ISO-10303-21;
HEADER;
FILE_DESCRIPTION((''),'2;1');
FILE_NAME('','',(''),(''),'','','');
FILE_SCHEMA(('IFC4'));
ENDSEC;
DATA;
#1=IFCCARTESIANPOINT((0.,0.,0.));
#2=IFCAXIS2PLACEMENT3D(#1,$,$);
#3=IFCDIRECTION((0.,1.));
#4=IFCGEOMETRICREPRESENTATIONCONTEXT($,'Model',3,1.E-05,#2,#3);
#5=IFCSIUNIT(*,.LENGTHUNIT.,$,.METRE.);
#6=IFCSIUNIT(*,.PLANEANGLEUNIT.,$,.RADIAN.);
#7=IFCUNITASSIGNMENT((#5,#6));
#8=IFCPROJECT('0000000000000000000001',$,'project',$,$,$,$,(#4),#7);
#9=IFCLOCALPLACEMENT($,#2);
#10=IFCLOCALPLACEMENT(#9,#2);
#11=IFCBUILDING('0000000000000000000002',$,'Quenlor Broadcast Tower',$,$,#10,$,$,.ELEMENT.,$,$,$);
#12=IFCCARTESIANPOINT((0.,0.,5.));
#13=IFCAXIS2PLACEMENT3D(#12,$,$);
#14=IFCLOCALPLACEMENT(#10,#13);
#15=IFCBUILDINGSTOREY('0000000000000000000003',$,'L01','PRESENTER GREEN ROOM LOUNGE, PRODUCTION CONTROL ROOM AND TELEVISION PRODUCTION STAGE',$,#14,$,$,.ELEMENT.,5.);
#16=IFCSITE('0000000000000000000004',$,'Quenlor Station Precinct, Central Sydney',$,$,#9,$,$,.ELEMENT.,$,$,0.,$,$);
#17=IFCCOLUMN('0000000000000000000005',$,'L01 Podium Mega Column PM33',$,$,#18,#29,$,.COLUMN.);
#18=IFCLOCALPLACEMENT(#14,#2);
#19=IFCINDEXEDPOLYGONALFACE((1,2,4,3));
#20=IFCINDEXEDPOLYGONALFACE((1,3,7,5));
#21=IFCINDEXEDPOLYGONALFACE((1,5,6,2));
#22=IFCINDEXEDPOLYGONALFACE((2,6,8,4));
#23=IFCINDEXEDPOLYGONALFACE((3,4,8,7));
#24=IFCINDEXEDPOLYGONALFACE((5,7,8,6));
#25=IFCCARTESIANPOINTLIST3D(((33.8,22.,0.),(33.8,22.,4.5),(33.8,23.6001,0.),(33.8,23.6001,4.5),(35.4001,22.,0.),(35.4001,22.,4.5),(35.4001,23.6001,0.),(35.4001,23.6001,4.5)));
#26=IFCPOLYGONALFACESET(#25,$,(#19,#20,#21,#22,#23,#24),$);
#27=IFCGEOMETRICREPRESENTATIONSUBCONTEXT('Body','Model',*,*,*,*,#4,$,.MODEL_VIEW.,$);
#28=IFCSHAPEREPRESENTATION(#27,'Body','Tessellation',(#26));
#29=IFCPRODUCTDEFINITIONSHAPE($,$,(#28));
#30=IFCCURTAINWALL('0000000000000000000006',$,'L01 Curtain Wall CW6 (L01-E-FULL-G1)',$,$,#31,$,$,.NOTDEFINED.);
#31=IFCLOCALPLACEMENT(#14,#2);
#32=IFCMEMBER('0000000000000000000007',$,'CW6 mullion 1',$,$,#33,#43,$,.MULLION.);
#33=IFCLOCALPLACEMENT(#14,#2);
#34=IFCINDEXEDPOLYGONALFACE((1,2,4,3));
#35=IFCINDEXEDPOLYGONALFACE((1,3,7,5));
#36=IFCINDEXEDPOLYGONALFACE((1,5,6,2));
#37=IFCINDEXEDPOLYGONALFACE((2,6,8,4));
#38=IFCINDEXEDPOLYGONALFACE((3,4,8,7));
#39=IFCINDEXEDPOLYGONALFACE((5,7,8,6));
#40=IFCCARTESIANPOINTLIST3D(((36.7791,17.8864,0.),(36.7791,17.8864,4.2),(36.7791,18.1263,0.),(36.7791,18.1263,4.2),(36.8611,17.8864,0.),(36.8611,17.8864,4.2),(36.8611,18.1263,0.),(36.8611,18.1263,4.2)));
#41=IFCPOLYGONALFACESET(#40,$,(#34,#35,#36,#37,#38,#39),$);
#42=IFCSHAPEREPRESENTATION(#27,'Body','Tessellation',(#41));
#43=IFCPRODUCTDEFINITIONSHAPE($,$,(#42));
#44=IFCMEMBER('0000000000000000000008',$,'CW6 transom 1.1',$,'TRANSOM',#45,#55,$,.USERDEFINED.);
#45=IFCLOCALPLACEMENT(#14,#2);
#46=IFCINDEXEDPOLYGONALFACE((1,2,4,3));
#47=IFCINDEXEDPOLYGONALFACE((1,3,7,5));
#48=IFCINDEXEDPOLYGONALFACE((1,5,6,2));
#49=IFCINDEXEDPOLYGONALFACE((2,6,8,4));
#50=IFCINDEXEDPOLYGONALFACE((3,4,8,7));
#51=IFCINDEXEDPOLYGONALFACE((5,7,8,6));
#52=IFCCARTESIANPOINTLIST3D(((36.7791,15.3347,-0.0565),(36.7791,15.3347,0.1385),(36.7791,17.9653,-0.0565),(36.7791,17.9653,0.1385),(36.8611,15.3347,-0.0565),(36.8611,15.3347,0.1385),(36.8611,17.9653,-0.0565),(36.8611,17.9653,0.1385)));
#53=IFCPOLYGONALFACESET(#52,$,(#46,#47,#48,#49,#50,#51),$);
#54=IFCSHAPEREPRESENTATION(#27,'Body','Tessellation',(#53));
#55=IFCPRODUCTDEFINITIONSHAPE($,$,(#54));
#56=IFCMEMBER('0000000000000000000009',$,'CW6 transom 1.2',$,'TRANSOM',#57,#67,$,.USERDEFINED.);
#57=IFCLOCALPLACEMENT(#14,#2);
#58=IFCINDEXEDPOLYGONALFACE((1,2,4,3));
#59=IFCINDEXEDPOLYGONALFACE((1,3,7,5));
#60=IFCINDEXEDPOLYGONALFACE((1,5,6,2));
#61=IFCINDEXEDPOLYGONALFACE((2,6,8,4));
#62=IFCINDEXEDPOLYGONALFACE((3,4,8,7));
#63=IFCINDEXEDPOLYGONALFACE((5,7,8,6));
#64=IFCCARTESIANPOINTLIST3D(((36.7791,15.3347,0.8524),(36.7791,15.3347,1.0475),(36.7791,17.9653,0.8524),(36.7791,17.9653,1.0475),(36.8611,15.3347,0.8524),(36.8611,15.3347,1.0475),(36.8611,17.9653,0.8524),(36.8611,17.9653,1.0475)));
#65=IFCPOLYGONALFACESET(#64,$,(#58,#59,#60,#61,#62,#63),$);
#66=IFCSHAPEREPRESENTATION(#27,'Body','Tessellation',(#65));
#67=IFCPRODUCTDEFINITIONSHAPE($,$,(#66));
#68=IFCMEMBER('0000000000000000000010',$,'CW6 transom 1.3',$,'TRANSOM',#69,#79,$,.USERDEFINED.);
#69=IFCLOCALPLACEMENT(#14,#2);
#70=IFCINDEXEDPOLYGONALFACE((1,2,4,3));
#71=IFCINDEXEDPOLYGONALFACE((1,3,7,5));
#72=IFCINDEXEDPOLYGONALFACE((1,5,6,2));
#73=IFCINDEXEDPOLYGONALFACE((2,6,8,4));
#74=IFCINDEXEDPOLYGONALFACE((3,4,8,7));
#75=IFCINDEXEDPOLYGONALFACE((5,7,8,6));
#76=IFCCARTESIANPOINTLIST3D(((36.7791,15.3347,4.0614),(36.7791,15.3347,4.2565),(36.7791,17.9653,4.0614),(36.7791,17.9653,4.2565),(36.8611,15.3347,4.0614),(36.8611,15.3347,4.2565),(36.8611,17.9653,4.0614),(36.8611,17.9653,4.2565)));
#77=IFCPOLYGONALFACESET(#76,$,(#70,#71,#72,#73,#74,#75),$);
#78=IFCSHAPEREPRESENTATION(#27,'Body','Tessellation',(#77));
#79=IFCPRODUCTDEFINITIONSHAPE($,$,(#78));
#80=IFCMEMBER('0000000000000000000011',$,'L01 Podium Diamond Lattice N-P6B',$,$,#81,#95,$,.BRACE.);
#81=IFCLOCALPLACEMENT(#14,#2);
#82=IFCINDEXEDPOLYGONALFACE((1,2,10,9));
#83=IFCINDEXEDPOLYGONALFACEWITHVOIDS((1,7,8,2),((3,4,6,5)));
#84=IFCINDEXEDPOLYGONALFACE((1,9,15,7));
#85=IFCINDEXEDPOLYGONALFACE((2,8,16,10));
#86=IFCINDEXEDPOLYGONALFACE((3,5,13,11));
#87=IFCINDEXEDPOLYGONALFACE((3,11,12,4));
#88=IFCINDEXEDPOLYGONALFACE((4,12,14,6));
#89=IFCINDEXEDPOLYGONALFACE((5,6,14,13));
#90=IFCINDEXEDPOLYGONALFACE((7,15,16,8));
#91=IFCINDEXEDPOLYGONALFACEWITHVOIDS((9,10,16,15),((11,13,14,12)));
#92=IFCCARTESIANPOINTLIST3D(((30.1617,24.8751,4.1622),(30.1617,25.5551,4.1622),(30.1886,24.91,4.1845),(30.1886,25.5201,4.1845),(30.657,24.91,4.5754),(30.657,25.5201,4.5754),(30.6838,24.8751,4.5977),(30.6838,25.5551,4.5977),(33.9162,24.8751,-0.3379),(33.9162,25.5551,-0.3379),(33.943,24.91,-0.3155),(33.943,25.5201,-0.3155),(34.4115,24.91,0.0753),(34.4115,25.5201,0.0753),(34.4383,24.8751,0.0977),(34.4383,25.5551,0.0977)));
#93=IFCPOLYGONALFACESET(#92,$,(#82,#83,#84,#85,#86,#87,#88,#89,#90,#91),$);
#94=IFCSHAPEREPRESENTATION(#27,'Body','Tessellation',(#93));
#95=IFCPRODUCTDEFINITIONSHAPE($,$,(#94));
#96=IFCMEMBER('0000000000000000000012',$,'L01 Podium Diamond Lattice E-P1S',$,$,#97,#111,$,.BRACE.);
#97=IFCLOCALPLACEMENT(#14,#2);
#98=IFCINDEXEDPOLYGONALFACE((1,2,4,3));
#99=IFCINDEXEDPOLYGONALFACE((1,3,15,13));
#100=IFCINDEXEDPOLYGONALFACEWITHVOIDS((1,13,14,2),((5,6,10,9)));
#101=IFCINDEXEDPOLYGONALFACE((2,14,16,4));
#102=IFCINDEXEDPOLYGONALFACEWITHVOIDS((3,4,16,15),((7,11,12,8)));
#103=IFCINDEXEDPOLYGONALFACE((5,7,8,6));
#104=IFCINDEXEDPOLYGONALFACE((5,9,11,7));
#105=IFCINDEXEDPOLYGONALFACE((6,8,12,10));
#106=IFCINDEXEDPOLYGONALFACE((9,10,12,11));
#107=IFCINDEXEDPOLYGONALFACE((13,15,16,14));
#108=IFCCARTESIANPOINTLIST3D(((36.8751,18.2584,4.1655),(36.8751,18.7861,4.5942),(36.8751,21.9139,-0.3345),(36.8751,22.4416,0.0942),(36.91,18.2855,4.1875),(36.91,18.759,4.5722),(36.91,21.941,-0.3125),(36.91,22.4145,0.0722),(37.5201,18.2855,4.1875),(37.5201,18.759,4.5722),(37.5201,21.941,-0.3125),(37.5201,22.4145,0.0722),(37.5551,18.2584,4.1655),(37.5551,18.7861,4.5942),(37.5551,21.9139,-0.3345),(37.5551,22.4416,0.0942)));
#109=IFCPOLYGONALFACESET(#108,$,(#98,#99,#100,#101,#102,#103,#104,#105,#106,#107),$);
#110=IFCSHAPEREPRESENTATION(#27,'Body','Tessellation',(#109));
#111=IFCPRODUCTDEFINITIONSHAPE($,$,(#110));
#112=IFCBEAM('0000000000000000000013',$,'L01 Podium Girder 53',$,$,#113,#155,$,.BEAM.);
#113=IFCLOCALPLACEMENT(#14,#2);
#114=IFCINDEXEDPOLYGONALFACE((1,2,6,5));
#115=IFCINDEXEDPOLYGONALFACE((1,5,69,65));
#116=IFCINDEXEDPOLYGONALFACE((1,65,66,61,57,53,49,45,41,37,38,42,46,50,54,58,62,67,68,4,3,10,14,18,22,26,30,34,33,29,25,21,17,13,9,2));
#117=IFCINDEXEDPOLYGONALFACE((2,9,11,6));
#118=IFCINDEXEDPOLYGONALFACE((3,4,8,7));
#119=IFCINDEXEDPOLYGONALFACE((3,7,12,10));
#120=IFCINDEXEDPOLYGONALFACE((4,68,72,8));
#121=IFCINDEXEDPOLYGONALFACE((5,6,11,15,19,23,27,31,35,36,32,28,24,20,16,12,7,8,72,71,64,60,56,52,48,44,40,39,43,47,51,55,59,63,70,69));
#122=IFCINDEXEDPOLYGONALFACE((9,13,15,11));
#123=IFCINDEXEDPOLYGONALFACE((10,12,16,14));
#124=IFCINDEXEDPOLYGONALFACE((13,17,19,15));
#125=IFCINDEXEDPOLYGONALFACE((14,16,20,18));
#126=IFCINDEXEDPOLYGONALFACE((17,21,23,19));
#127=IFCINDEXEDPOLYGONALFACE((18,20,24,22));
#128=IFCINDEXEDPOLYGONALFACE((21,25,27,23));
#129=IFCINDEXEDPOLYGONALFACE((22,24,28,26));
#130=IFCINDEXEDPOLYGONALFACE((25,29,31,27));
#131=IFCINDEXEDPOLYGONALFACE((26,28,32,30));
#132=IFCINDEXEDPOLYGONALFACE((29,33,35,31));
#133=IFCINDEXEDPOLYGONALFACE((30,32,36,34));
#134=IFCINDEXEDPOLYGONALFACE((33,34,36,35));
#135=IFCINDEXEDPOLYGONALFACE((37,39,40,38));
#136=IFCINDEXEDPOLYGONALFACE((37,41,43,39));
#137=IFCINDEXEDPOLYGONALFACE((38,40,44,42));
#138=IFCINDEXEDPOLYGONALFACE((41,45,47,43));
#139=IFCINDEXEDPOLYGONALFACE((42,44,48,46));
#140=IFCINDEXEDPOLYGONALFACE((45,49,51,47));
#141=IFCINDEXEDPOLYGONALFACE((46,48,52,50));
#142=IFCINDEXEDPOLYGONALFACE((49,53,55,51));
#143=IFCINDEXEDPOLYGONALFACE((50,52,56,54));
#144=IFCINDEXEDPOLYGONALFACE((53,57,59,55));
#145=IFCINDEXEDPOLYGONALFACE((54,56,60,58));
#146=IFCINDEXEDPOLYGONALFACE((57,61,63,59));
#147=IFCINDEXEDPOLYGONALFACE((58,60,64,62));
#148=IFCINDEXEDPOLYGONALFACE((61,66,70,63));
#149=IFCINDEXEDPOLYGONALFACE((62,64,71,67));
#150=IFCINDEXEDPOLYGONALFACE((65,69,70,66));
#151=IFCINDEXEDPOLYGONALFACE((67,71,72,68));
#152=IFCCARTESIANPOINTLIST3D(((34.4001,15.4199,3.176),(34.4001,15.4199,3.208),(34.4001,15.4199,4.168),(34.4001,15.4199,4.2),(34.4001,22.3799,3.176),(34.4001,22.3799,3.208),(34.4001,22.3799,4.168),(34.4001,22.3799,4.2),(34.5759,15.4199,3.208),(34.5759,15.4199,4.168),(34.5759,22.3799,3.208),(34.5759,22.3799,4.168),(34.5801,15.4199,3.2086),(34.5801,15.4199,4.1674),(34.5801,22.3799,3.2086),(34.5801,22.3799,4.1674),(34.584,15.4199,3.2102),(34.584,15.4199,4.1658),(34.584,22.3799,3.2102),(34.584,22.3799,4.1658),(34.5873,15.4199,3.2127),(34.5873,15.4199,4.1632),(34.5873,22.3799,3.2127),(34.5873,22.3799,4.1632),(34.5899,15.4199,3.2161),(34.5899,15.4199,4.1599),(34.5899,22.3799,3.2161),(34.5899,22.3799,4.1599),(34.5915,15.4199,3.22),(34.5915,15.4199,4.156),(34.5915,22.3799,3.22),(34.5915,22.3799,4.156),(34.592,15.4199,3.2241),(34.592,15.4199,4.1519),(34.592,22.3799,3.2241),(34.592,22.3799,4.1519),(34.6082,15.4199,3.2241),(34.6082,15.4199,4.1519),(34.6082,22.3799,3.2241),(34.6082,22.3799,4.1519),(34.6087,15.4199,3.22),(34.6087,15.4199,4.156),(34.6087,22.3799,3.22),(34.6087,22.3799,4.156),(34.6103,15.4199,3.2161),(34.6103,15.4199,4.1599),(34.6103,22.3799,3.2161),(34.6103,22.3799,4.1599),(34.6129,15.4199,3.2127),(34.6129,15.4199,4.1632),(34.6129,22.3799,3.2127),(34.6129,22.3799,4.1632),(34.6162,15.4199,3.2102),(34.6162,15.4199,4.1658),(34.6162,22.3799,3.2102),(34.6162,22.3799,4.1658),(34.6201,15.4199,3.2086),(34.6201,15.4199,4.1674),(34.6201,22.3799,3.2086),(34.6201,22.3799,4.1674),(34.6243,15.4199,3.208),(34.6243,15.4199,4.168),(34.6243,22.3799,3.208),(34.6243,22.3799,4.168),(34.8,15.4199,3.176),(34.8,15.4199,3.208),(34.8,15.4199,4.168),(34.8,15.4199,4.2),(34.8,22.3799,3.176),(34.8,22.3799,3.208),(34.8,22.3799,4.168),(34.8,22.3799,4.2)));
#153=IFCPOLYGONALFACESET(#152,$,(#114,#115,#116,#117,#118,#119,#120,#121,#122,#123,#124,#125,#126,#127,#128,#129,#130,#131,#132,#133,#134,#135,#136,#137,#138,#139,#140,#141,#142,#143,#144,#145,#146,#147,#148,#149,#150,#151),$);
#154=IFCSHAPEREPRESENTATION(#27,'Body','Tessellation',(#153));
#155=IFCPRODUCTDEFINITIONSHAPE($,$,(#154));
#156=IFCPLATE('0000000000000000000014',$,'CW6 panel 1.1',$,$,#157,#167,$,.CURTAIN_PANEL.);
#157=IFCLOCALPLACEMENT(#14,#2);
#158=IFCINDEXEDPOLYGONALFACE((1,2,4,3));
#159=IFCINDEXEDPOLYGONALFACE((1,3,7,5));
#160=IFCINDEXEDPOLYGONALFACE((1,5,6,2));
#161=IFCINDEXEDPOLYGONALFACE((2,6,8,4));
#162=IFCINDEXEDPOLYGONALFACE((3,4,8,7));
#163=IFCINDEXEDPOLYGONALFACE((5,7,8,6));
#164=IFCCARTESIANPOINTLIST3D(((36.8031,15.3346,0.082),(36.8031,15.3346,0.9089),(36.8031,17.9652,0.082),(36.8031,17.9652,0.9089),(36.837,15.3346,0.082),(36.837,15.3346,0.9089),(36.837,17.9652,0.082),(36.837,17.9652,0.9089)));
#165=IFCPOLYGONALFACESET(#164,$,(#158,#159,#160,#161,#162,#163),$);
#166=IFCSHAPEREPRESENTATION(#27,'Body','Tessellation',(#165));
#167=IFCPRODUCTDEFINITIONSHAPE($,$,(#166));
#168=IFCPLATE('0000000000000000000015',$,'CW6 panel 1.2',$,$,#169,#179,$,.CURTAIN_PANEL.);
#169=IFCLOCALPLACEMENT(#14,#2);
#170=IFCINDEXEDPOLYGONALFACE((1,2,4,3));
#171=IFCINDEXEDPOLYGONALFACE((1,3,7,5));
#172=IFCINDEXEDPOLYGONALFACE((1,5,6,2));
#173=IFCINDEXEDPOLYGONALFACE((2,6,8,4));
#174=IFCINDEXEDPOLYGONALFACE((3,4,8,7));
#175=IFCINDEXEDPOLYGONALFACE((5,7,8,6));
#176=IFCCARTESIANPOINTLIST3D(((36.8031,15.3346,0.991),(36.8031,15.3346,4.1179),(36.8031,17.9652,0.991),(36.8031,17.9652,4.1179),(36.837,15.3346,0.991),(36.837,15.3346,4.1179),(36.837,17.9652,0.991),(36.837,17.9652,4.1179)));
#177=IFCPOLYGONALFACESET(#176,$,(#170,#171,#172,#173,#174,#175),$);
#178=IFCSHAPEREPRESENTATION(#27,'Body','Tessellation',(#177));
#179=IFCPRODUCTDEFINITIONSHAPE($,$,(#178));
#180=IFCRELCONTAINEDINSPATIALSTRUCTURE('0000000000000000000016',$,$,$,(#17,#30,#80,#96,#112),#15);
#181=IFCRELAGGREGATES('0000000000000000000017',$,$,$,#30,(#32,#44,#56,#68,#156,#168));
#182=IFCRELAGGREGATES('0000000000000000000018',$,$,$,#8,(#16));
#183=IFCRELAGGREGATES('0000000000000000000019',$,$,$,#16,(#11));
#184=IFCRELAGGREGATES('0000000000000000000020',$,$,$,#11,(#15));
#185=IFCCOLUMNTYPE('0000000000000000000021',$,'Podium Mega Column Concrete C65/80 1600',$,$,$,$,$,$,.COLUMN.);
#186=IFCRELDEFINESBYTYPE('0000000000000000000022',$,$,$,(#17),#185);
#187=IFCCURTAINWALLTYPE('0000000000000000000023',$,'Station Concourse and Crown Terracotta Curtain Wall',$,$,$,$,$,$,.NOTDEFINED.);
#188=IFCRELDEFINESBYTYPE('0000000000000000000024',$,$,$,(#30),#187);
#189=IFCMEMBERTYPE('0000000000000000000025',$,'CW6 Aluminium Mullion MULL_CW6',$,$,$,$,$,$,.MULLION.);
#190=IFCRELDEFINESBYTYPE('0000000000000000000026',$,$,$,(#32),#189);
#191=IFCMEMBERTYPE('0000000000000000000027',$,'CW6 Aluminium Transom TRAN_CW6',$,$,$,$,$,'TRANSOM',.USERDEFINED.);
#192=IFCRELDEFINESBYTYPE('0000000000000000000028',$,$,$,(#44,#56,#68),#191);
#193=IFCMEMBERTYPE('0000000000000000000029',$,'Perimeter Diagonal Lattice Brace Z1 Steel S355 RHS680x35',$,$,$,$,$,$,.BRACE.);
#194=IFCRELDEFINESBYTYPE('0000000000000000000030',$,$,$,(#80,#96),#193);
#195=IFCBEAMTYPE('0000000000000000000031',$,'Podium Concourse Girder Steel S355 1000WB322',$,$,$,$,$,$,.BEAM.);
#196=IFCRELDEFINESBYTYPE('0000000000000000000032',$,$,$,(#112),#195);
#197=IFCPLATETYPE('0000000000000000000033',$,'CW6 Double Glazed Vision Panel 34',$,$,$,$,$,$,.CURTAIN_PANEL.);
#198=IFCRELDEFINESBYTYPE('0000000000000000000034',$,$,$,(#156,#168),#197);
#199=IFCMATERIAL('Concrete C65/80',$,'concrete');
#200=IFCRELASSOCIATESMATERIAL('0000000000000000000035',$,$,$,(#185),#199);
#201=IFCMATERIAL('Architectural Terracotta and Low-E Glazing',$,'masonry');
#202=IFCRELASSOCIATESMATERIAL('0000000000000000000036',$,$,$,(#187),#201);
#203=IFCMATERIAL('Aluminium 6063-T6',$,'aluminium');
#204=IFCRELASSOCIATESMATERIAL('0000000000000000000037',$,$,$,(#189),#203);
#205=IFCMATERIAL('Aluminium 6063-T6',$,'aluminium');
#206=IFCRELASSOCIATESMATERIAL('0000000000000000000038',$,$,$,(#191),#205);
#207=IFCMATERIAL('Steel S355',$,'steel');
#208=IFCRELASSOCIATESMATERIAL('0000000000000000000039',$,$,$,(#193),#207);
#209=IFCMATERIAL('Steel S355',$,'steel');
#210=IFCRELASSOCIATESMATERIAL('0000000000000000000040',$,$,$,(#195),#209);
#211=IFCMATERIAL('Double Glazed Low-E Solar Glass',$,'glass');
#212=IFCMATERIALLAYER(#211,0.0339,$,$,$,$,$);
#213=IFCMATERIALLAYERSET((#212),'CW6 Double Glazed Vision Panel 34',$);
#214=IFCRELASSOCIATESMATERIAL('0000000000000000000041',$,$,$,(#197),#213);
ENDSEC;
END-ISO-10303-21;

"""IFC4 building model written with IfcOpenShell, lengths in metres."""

from ifc_helpers import new_model, si_unit, direction, frame, origin, origin_2d, place, context, subcontext, project, spatial, rectangle, hollow_rectangle, i_section, extrude, material, layer, layer_set, material_profile, profile_set, type_object, element, aggregate, save


model = new_model("IFC4")

# Units and contexts
model_context = context("Model", 3, precision=1e-05, world=origin(), true_north=direction((0.0, 1.0)))
body_context = subcontext(model_context, "Body", "Model", "MODEL_VIEW")
ifc_project = project(units=[si_unit("LENGTHUNIT", "METRE"), si_unit("PLANEANGLEUNIT", "RADIAN")], contexts=[model_context])

# Site, building, storey
site_placement = place(None, origin())
site = spatial("IfcSite", under=ifc_project, at=site_placement, Name="Quenlor Station Precinct, Central Sydney", CompositionType="ELEMENT", RefElevation=0.0)
building_placement = place(site_placement, origin())
building = spatial("IfcBuilding", under=site, at=building_placement, Name="Quenlor Broadcast Tower", CompositionType="ELEMENT")
storey_placement = place(building_placement, frame((0.0, 0.0, 5.0)))
storey = spatial("IfcBuildingStorey", under=building, at=storey_placement, Name="L01", Description="PRESENTER GREEN ROOM LOUNGE, PRODUCTION CONTROL ROOM AND TELEVISION PRODUCTION STAGE", CompositionType="ELEMENT", Elevation=5.0)

# Column
ifc_material_1 = material(Name="Concrete C65/80", Category="concrete")
ifc_material_profile_1 = material_profile(ifc_material_1, rectangle(XDim=1.6001, YDim=1.6001, at=origin_2d()))
ifc_profile_set_1 = profile_set([ifc_material_profile_1], Name="Concrete C65/80 RC1600x1600")
column_type = type_object("IfcColumnType", Name="Podium Mega Column Concrete C65/80 1600", PredefinedType="COLUMN", material=ifc_profile_set_1)
column_placement = place(storey_placement, frame((34.6001, 22.8, 0.0), z_axis=(0.0, 0.0, 1.0), x_axis=(1.0, 0.0, 0.0)))
element("IfcColumn", 1, at=column_placement, inside=storey, type_object=column_type, Name="L01 Podium Mega Column PM33", PredefinedType="COLUMN", context=body_context, shape_type="SweptSolid", body=[
    extrude(rectangle(XDim=1.6001, YDim=1.6001, at=origin_2d()), origin(), (0.0, 0.0, 1.0), 4.5),
])

# Curtain wall, members
ifc_material_2 = material(Name="Architectural Terracotta and Low-E Glazing", Category="masonry")
curtain_wall_type = type_object("IfcCurtainWallType", Name="Station Concourse and Crown Terracotta Curtain Wall", PredefinedType="NOTDEFINED", material=ifc_material_2)
curtain_wall_placement = place(storey_placement, origin())
curtain_wall = element("IfcCurtainWall", 2, at=curtain_wall_placement, inside=storey, type_object=curtain_wall_type, Name="L01 Curtain Wall CW6 (L01-E-FULL-G1)", PredefinedType="NOTDEFINED")
ifc_material_3 = material(Name="Aluminium 6063-T6", Category="aluminium")
ifc_material_profile_2 = material_profile(ifc_material_3, rectangle(XDim=0.082, YDim=0.24, at=origin_2d()))
ifc_profile_set_2 = profile_set([ifc_material_profile_2], Name="Aluminium 6063-T6 MULL82x240")
member_type_1 = type_object("IfcMemberType", Name="CW6 Aluminium Mullion MULL_CW6", PredefinedType="MULLION", material=ifc_profile_set_2)
member_1_placement = place(storey_placement, frame((36.8201, 18.0063, 0.0), z_axis=(0.0, 0.0, 1.0), x_axis=(1.0, 0.0, 0.0)))
member_1 = element("IfcMember", 3, at=member_1_placement, type_object=member_type_1, Name="CW6 mullion 1", PredefinedType="MULLION", context=body_context, shape_type="SweptSolid", body=[
    extrude(rectangle(XDim=0.082, YDim=0.24, at=origin_2d()), origin(), (0.0, 0.0, 1.0), 4.2),
])
ifc_material_4 = material(Name="Aluminium 6063-T6", Category="aluminium")
ifc_material_profile_3 = material_profile(ifc_material_4, rectangle(XDim=0.082, YDim=0.1951, at=origin_2d()))
ifc_profile_set_3 = profile_set([ifc_material_profile_3], Name="Aluminium 6063-T6 TRAN82x195")
member_type_2 = type_object("IfcMemberType", Name="CW6 Aluminium Transom TRAN_CW6", ElementType="TRANSOM", PredefinedType="USERDEFINED", material=ifc_profile_set_3)
member_2_placement = place(storey_placement, frame((36.8201, 17.9653, 0.041), z_axis=(0.0, -1.0, 0.0), x_axis=(1.0, 0.0, 0.0)))
member_2 = element("IfcMember", 4, at=member_2_placement, type_object=member_type_2, Name="CW6 transom 1.1", ObjectType="TRANSOM", PredefinedType="USERDEFINED", context=body_context, shape_type="SweptSolid", body=[
    extrude(rectangle(XDim=0.082, YDim=0.1951, at=origin_2d()), origin(), (0.0, 0.0, 1.0), 2.6306),
])
member_3_placement = place(storey_placement, frame((36.8201, 17.9653, 0.95), z_axis=(0.0, -1.0, 0.0), x_axis=(1.0, 0.0, 0.0)))
member_3 = element("IfcMember", 5, at=member_3_placement, type_object=member_type_2, Name="CW6 transom 1.2", ObjectType="TRANSOM", PredefinedType="USERDEFINED", context=body_context, shape_type="SweptSolid", body=[
    extrude(rectangle(XDim=0.082, YDim=0.1951, at=origin_2d()), origin(), (0.0, 0.0, 1.0), 2.6306),
])
member_4_placement = place(storey_placement, frame((36.8201, 17.9653, 4.1589), z_axis=(0.0, -1.0, 0.0), x_axis=(1.0, 0.0, 0.0)))
member_4 = element("IfcMember", 6, at=member_4_placement, type_object=member_type_2, Name="CW6 transom 1.3", ObjectType="TRANSOM", PredefinedType="USERDEFINED", context=body_context, shape_type="SweptSolid", body=[
    extrude(rectangle(XDim=0.082, YDim=0.1951, at=origin_2d()), origin(), (0.0, 0.0, 1.0), 2.6306),
])

# Members
ifc_material_5 = material(Name="Steel S355", Category="steel")
ifc_material_profile_4 = material_profile(ifc_material_5, hollow_rectangle(XDim=0.6799, YDim=0.6799, WallThickness=0.0349, at=origin_2d()))
ifc_profile_set_4 = profile_set([ifc_material_profile_4], Name="Steel S355 RHS680x680x35")
member_type_3 = type_object("IfcMemberType", Name="Perimeter Diagonal Lattice Brace Z1 Steel S355 RHS680x35", PredefinedType="BRACE", material=ifc_profile_set_4)
member_5_placement = place(storey_placement, frame((34.1772, 25.2151, -0.1201), z_axis=(-0.640627, 0.0, 0.767852), x_axis=(0.0, -1.0, 0.0)))
element("IfcMember", 7, at=member_5_placement, inside=storey, type_object=member_type_3, Name="L01 Podium Diamond Lattice N-P6B", PredefinedType="BRACE", context=body_context, shape_type="SweptSolid", body=[
    extrude(hollow_rectangle(XDim=0.6799, YDim=0.6799, WallThickness=0.0349, at=origin_2d()), origin(), (0.0, 0.0, 1.0), 5.8606),
])
member_6_placement = place(storey_placement, frame((37.2151, 22.1777, -0.1201), z_axis=(0.0, -0.630517, 0.776176), x_axis=(1.0, 0.0, 0.0)))
element("IfcMember", 8, at=member_6_placement, inside=storey, type_object=member_type_3, Name="L01 Podium Diamond Lattice E-P1S", PredefinedType="BRACE", context=body_context, shape_type="SweptSolid", body=[
    extrude(hollow_rectangle(XDim=0.6799, YDim=0.6799, WallThickness=0.0349, at=origin_2d()), origin(), (0.0, 0.0, 1.0), 5.7976),
])

# Beam
ifc_material_6 = material(Name="Steel S355", Category="steel")
ifc_material_profile_5 = material_profile(ifc_material_6, i_section(OverallWidth=0.3999, OverallDepth=1.0239, WebThickness=0.0161, FlangeThickness=0.032, FilletRadius=0.0161, at=origin_2d()))
ifc_profile_set_5 = profile_set([ifc_material_profile_5], Name="Steel S355 1000WB322")
beam_type = type_object("IfcBeamType", Name="Podium Concourse Girder Steel S355 1000WB322", PredefinedType="BEAM", material=ifc_profile_set_5)
beam_placement = place(storey_placement, frame((34.6001, 15.4199, 3.688), z_axis=(0.0, 1.0, 0.0), x_axis=(-1.0, 0.0, 0.0)))
element("IfcBeam", 9, at=beam_placement, inside=storey, type_object=beam_type, Name="L01 Podium Girder 53", PredefinedType="BEAM", context=body_context, shape_type="SweptSolid", body=[
    extrude(i_section(OverallWidth=0.3999, OverallDepth=1.0239, WebThickness=0.0161, FlangeThickness=0.032, FilletRadius=0.0161, at=origin_2d()), origin(), (0.0, 0.0, 1.0), 6.96),
])

# Plates
ifc_material_7 = material(Name="Double Glazed Low-E Solar Glass", Category="glass")
ifc_layer_1 = layer(ifc_material_7, 0.0339)
ifc_layer_set_1 = layer_set([ifc_layer_1], Name="CW6 Double Glazed Vision Panel 34")
plate_type_1 = type_object("IfcPlateType", Name="CW6 Double Glazed Vision Panel 34", PredefinedType="CURTAIN_PANEL", material=ifc_layer_set_1)
plate_1_placement = place(storey_placement, frame((36.8201, 16.6499, 0.082), z_axis=(0.0, 0.0, 1.0), x_axis=(0.0, -1.0, 0.0)))
plate_1 = element("IfcPlate", 10, at=plate_1_placement, type_object=plate_type_1, Name="CW6 panel 1.1", PredefinedType="CURTAIN_PANEL", context=body_context, shape_type="SweptSolid", body=[
    extrude(rectangle(XDim=2.6306, YDim=0.0339, at=origin_2d()), origin(), (0.0, 0.0, 1.0), 0.8269),
])
plate_2_placement = place(storey_placement, frame((36.8201, 16.6499, 0.991), z_axis=(0.0, 0.0, 1.0), x_axis=(0.0, -1.0, 0.0)))
plate_2 = element("IfcPlate", 11, at=plate_2_placement, type_object=plate_type_1, Name="CW6 panel 1.2", PredefinedType="CURTAIN_PANEL", context=body_context, shape_type="SweptSolid", body=[
    extrude(rectangle(XDim=2.6306, YDim=0.0339, at=origin_2d()), origin(), (0.0, 0.0, 1.0), 3.127),
])
aggregate(curtain_wall, [member_1, member_2, member_3, member_4, plate_1, plate_2])

save(model, "model.ifc")
